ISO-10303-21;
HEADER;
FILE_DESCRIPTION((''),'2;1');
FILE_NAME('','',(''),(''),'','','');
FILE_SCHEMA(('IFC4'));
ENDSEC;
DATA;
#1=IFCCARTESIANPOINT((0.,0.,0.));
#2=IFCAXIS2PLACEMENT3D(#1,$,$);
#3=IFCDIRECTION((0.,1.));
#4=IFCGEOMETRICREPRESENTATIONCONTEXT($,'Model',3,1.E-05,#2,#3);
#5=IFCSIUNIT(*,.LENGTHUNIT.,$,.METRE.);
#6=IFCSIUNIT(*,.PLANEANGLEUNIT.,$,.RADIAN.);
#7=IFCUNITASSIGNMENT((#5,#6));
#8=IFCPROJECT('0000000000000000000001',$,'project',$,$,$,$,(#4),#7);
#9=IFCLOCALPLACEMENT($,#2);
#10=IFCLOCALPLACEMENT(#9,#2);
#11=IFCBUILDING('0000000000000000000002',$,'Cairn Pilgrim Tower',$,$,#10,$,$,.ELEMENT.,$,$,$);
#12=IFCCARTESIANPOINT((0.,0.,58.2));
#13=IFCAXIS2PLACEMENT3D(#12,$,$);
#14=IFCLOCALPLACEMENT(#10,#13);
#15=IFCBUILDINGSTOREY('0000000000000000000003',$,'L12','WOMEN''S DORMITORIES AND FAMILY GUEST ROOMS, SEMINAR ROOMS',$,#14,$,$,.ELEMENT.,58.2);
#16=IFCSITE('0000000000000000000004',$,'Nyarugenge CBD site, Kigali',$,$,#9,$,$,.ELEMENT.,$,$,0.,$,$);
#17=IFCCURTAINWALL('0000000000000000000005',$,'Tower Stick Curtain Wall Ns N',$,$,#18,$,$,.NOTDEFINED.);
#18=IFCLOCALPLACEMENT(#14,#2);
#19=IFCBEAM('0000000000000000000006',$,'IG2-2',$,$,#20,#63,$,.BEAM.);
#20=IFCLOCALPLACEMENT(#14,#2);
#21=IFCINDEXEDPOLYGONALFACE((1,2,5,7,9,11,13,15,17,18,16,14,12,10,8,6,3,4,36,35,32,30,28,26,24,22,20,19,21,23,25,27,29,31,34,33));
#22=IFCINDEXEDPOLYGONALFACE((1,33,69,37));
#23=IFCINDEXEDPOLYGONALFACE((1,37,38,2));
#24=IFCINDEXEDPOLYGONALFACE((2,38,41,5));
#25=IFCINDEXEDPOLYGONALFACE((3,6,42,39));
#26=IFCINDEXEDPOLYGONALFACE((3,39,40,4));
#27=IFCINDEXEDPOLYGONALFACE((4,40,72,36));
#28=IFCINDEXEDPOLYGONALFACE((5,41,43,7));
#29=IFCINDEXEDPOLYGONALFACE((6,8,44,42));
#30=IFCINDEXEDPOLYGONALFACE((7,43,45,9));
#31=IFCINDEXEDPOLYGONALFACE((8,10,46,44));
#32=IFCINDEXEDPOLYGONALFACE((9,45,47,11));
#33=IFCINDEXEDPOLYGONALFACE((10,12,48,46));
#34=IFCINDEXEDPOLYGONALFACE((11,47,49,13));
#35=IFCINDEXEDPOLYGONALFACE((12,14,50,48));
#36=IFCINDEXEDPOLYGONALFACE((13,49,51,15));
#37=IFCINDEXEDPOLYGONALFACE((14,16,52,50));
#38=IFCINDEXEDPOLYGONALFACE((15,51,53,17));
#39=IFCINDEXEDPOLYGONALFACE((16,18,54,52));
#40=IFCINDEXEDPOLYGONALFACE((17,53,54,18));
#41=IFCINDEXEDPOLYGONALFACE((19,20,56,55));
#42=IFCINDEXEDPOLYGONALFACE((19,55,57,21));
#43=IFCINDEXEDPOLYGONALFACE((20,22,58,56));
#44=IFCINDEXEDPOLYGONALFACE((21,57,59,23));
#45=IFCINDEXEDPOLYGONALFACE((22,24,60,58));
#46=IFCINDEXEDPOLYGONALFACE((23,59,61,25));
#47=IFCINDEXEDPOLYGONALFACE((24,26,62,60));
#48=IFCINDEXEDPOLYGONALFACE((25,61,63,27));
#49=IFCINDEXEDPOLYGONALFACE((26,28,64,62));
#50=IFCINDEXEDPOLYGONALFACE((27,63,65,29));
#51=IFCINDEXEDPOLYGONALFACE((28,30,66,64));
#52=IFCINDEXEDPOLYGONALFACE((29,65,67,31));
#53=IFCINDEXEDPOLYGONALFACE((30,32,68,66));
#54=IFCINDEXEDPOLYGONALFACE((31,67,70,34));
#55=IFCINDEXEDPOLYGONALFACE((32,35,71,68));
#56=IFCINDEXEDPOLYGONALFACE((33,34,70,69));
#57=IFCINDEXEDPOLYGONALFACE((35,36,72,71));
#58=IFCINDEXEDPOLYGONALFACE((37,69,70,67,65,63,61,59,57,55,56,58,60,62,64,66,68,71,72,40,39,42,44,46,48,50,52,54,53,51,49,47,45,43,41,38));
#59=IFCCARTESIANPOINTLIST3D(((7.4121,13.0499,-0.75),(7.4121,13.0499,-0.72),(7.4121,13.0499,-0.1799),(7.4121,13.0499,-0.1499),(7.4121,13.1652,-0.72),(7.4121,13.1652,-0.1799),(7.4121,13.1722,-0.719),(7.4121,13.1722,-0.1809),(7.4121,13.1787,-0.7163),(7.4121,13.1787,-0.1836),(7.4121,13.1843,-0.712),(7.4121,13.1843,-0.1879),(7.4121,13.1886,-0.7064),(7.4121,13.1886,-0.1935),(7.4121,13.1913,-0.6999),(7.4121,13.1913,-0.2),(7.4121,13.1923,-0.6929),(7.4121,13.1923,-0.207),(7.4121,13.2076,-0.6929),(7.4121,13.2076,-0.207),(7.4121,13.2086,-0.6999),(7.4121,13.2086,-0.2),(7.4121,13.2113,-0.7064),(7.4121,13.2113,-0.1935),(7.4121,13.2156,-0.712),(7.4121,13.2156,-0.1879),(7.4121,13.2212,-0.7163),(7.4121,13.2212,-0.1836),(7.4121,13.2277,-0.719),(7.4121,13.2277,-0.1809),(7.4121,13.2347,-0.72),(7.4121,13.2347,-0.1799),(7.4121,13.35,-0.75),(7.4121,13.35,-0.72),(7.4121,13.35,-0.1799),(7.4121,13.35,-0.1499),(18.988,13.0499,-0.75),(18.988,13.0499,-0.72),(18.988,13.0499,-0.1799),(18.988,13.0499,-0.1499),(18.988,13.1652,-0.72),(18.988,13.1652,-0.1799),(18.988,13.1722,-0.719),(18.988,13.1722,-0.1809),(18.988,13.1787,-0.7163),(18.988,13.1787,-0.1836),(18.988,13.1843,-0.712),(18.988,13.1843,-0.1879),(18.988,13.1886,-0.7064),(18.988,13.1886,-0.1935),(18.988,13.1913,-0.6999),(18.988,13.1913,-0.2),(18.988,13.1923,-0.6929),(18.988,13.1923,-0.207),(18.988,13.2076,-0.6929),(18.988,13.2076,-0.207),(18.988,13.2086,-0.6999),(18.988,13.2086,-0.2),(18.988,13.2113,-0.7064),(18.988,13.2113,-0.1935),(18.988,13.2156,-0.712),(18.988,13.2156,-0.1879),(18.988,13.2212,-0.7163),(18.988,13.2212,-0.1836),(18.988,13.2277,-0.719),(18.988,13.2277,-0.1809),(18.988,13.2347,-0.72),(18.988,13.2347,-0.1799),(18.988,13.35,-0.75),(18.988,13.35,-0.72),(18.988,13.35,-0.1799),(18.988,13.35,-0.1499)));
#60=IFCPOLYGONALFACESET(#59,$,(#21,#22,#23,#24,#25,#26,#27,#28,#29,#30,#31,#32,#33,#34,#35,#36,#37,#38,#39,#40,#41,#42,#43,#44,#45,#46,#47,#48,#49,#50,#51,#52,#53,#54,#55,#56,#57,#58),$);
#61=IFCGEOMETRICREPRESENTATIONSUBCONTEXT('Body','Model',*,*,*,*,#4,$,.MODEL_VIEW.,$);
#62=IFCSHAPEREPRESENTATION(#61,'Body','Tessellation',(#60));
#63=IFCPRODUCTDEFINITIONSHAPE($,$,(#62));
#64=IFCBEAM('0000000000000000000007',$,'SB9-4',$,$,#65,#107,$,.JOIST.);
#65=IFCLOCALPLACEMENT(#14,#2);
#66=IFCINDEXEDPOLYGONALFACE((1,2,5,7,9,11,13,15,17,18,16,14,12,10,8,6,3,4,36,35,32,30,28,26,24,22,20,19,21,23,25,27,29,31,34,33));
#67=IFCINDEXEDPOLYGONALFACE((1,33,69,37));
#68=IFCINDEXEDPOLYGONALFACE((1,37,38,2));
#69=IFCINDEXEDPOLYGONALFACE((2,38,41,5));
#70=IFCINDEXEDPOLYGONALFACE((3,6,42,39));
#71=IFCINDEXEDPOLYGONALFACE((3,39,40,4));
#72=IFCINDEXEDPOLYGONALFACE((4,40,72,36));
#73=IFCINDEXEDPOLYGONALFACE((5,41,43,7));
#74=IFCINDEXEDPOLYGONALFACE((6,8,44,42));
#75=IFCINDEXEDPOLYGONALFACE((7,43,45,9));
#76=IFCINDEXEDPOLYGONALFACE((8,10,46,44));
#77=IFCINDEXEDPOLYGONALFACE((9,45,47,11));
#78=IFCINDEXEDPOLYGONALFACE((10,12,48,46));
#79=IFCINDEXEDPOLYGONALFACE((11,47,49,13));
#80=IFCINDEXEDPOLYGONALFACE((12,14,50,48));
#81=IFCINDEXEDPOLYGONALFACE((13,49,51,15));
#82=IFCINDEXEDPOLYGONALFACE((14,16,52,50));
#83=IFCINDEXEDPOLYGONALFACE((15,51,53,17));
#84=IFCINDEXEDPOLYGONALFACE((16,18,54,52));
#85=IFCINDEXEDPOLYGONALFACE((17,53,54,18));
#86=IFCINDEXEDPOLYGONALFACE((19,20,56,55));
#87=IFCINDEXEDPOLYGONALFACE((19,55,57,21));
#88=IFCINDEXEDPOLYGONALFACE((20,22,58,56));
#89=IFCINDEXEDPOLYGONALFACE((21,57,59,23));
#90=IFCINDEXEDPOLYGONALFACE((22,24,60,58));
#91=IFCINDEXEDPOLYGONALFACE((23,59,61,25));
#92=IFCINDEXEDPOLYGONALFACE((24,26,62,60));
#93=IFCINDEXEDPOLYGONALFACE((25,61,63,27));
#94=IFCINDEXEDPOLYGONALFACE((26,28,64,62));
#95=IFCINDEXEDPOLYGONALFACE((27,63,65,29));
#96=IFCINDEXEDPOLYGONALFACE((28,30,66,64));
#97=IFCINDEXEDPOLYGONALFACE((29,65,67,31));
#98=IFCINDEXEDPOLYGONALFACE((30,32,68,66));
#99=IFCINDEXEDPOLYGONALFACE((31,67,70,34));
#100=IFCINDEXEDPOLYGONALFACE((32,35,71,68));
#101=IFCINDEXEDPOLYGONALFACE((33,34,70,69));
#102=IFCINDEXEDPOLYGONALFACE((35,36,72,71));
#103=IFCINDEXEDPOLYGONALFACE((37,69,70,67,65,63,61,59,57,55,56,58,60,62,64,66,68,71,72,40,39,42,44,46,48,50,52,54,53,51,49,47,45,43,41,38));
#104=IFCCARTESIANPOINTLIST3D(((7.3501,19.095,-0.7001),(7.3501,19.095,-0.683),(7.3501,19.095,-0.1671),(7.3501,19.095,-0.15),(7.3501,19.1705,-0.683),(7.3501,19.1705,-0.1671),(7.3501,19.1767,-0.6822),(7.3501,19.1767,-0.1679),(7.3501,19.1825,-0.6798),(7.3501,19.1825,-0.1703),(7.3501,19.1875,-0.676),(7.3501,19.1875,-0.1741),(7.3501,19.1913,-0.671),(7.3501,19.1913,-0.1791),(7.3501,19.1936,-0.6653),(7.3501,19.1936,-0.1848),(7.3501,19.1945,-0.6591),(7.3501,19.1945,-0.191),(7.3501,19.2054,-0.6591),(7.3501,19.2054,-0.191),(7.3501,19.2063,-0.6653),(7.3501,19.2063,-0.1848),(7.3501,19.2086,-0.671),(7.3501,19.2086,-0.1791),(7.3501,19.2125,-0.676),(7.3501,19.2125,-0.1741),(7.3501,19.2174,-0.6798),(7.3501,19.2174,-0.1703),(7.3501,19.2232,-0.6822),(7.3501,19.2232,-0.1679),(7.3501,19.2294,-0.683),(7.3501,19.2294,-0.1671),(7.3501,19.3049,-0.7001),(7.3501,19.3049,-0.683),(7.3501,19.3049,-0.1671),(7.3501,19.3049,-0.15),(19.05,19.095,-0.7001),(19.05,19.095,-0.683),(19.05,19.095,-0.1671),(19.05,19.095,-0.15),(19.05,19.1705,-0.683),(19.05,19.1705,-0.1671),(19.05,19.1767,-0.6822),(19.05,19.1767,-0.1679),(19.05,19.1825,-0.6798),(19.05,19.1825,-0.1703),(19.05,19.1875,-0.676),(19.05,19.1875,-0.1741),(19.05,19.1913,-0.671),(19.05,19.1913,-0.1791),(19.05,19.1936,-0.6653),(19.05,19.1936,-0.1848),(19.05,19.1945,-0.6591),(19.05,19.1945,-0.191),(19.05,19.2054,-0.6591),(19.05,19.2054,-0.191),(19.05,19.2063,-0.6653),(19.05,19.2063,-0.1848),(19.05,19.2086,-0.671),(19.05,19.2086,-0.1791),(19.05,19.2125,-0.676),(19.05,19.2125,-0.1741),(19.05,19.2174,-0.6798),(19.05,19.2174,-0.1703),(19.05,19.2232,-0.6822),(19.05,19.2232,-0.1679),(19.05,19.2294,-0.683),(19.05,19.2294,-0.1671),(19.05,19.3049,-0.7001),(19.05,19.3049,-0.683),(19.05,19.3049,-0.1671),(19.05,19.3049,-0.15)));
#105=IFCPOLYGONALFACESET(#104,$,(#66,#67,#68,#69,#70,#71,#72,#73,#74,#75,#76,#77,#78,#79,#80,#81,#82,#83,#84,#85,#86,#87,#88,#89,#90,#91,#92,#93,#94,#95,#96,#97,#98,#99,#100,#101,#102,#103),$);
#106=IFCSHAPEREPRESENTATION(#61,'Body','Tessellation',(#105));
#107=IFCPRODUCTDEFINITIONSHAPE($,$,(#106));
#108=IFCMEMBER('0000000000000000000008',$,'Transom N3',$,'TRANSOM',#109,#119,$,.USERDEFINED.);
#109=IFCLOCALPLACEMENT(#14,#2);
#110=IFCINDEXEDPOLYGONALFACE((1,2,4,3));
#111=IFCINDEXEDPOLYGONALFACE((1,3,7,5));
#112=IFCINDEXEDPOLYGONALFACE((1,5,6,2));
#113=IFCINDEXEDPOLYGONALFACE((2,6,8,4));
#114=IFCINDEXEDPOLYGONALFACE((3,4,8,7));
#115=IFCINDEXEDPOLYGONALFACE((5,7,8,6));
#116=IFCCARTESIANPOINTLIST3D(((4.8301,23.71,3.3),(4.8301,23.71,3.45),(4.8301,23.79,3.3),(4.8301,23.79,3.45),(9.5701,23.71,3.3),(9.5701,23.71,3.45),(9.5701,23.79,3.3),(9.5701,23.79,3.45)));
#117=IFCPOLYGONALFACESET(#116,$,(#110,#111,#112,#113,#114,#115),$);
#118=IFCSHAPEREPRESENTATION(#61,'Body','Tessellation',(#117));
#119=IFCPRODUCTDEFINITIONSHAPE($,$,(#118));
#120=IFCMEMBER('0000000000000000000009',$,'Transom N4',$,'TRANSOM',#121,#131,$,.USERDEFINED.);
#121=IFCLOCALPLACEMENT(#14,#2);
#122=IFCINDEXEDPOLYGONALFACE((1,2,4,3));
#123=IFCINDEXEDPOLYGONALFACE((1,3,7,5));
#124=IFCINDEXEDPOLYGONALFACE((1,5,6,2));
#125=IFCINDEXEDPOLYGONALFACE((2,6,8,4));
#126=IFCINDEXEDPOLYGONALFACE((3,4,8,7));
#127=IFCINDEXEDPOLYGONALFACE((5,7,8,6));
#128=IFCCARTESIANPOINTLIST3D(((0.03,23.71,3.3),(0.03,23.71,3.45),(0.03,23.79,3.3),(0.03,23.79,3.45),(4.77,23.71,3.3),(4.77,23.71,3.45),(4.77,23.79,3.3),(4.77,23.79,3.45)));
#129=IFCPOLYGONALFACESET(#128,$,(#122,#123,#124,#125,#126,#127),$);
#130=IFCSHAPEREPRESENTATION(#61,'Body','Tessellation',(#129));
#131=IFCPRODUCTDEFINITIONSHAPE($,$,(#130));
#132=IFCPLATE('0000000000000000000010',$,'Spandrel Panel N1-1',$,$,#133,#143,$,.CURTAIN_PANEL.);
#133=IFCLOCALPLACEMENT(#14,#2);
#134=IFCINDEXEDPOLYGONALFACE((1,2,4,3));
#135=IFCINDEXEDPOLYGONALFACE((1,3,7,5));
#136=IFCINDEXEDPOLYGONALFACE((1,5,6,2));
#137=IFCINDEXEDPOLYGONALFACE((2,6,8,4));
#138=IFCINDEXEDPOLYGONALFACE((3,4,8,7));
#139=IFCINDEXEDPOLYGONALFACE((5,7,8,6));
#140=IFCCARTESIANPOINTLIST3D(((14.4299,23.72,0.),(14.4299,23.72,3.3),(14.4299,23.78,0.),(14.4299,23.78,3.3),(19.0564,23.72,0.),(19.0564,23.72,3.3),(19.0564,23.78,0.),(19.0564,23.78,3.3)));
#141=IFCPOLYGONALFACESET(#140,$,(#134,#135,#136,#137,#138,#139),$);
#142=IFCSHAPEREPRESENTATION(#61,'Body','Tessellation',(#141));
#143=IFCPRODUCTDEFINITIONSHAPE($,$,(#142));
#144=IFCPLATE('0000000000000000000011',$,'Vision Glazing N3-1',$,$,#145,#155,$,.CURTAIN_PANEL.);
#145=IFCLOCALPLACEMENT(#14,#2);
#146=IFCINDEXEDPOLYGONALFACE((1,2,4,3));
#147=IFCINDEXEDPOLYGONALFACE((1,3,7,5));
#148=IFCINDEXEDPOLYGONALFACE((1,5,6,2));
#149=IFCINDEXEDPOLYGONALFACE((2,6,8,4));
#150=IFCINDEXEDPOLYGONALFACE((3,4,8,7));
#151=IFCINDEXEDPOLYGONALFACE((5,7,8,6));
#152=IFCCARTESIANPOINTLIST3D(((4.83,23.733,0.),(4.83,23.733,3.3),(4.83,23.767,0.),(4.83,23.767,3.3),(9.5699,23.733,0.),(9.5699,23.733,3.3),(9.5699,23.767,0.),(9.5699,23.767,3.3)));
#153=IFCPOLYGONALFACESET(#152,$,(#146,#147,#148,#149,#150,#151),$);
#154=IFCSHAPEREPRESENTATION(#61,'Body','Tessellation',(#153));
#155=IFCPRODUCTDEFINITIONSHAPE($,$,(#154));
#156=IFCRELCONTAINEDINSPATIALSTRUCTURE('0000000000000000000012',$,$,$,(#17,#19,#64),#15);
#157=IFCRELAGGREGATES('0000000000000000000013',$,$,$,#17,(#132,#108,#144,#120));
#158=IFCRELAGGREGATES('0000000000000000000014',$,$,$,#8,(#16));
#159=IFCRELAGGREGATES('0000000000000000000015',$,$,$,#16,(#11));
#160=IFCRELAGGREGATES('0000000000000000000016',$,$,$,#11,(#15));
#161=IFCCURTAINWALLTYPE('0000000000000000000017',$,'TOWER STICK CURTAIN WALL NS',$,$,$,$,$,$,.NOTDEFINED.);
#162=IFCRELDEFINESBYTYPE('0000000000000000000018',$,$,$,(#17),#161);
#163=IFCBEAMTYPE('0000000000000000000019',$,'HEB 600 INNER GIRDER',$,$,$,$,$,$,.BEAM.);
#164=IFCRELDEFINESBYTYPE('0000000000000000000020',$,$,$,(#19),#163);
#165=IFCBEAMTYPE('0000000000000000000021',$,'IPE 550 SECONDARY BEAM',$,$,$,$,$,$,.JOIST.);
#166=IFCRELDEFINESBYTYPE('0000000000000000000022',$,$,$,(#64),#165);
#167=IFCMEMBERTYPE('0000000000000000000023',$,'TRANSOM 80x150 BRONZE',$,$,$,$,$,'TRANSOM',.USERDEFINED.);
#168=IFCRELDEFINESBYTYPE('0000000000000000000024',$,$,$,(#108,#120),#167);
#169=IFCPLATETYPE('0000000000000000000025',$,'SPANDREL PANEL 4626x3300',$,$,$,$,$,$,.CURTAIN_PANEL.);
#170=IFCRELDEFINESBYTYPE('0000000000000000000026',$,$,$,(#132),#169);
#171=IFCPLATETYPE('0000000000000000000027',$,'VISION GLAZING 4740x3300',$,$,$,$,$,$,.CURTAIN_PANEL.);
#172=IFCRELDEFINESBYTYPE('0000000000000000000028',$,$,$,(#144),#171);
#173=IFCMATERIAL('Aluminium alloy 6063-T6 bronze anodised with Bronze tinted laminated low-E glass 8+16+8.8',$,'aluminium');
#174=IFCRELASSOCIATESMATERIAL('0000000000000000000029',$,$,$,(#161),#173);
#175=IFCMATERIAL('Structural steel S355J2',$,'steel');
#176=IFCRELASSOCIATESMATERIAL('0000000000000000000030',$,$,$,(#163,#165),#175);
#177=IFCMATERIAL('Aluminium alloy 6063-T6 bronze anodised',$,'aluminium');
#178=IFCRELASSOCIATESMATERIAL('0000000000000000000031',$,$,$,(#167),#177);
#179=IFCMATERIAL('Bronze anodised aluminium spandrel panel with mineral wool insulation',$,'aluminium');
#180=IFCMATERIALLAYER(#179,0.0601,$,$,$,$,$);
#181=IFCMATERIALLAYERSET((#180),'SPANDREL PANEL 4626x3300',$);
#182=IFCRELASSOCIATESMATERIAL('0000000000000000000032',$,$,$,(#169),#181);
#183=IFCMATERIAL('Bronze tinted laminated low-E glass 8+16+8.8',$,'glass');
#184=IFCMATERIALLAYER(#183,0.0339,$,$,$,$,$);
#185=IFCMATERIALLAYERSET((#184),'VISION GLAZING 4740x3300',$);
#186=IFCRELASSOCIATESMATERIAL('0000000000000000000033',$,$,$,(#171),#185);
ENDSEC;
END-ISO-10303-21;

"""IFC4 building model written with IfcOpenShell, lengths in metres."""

from ifc_helpers import new_model, si_unit, direction, frame, origin, origin_2d, place, context, subcontext, project, spatial, rectangle, i_section, extrude, material, layer, layer_set, material_profile, profile_set, type_object, element, aggregate, save


model = new_model("IFC4")

# Units and contexts
model_context = context("Model", 3, precision=1e-05, world=origin(), true_north=direction((0.0, 1.0)))
body_context = subcontext(model_context, "Body", "Model", "MODEL_VIEW")
ifc_project = project(units=[si_unit("LENGTHUNIT", "METRE"), si_unit("PLANEANGLEUNIT", "RADIAN")], contexts=[model_context])

# Site, building, storey
site_placement = place(None, origin())
site = spatial("IfcSite", under=ifc_project, at=site_placement, Name="Nyarugenge CBD site, Kigali", CompositionType="ELEMENT", RefElevation=0.0)
building_placement = place(site_placement, origin())
building = spatial("IfcBuilding", under=site, at=building_placement, Name="Cairn Pilgrim Tower", CompositionType="ELEMENT")
storey_placement = place(building_placement, frame((0.0, 0.0, 58.2)))
storey = spatial("IfcBuildingStorey", under=building, at=storey_placement, Name="L12", Description="WOMEN'S DORMITORIES AND FAMILY GUEST ROOMS, SEMINAR ROOMS", CompositionType="ELEMENT", Elevation=58.2)

# Curtain wall
ifc_material_1 = material(Name="Aluminium alloy 6063-T6 bronze anodised with Bronze tinted laminated low-E glass 8+16+8.8", Category="aluminium")
curtain_wall_type = type_object("IfcCurtainWallType", Name="TOWER STICK CURTAIN WALL NS", PredefinedType="NOTDEFINED", material=ifc_material_1)
curtain_wall_placement = place(storey_placement, origin())
curtain_wall = element("IfcCurtainWall", 1, at=curtain_wall_placement, inside=storey, type_object=curtain_wall_type, Name="Tower Stick Curtain Wall Ns N", PredefinedType="NOTDEFINED")
ifc_material_2 = material(Name="Aluminium alloy 6063-T6 bronze anodised", Category="aluminium")

# Beams
ifc_material_3 = material(Name="Structural steel S355J2", Category="steel")
ifc_material_profile_1 = material_profile(ifc_material_3, i_section(OverallWidth=0.3, OverallDepth=0.6001, WebThickness=0.0154, FlangeThickness=0.03, FilletRadius=0.0271, at=origin_2d()), Name="HEB 600")
ifc_profile_set_1 = profile_set([ifc_material_profile_1], Name="Structural steel S355J2")
beam_type_1 = type_object("IfcBeamType", Name="HEB 600 INNER GIRDER", PredefinedType="BEAM", material=ifc_profile_set_1)
beam_1_placement = place(storey_placement, frame((7.4121, 13.2, -0.45), z_axis=(1.0, 0.0, 0.0), x_axis=(0.0, 1.0, 0.0)))
element("IfcBeam", 2, at=beam_1_placement, inside=storey, type_object=beam_type_1, Name="IG2-2", PredefinedType="BEAM", context=body_context, shape_type="SweptSolid", body=[
    extrude(i_section(OverallWidth=0.3, OverallDepth=0.6001, WebThickness=0.0154, FlangeThickness=0.03, FilletRadius=0.0271, at=origin_2d()), origin(), (0.0, 0.0, 1.0), 11.5759),
])
ifc_material_profile_2 = material_profile(ifc_material_3, i_section(OverallWidth=0.21, OverallDepth=0.55, WebThickness=0.011, FlangeThickness=0.0171, FilletRadius=0.0239, at=origin_2d()), Name="IPE 550")
ifc_profile_set_2 = profile_set([ifc_material_profile_2], Name="Structural steel S355J2")
beam_type_2 = type_object("IfcBeamType", Name="IPE 550 SECONDARY BEAM", PredefinedType="JOIST", material=ifc_profile_set_2)
beam_2_placement = place(storey_placement, frame((7.3501, 19.2, -0.425), z_axis=(1.0, 0.0, 0.0), x_axis=(0.0, 1.0, 0.0)))
element("IfcBeam", 3, at=beam_2_placement, inside=storey, type_object=beam_type_2, Name="SB9-4", PredefinedType="JOIST", context=body_context, shape_type="SweptSolid", body=[
    extrude(i_section(OverallWidth=0.21, OverallDepth=0.55, WebThickness=0.011, FlangeThickness=0.0171, FilletRadius=0.0239, at=origin_2d()), origin(), (0.0, 0.0, 1.0), 11.7),
])

# Members
ifc_material_profile_3 = material_profile(ifc_material_2, rectangle(XDim=0.0801, YDim=0.1499, at=origin_2d()), Name="TRANSOM 80x150 BRONZE")
ifc_profile_set_3 = profile_set([ifc_material_profile_3], Name="Aluminium alloy 6063-T6 bronze anodised")
member_type_1 = type_object("IfcMemberType", Name="TRANSOM 80x150 BRONZE", ElementType="TRANSOM", PredefinedType="USERDEFINED", material=ifc_profile_set_3)
member_1_placement = place(storey_placement, frame((9.5701, 23.75, 3.375), z_axis=(-1.0, 0.0, 0.0), x_axis=(0.0, -1.0, 0.0)))
member_1 = element("IfcMember", 4, at=member_1_placement, type_object=member_type_1, Name="Transom N3", ObjectType="TRANSOM", PredefinedType="USERDEFINED", context=body_context, shape_type="SweptSolid", body=[
    extrude(rectangle(XDim=0.0801, YDim=0.1499, at=origin_2d()), origin(), (0.0, 0.0, 1.0), 4.74),
])
member_2_placement = place(storey_placement, frame((4.77, 23.75, 3.375), z_axis=(-1.0, 0.0, 0.0), x_axis=(0.0, -1.0, 0.0)))
member_2 = element("IfcMember", 5, at=member_2_placement, type_object=member_type_1, Name="Transom N4", ObjectType="TRANSOM", PredefinedType="USERDEFINED", context=body_context, shape_type="SweptSolid", body=[
    extrude(rectangle(XDim=0.0801, YDim=0.1499, at=origin_2d()), origin(), (0.0, 0.0, 1.0), 4.74),
])

# Plates
ifc_material_4 = material(Name="Bronze anodised aluminium spandrel panel with mineral wool insulation", Category="aluminium")
ifc_layer_1 = layer(ifc_material_4, 0.0601)
ifc_layer_set_1 = layer_set([ifc_layer_1], Name="SPANDREL PANEL 4626x3300")
plate_type_1 = type_object("IfcPlateType", Name="SPANDREL PANEL 4626x3300", PredefinedType="CURTAIN_PANEL", material=ifc_layer_set_1)
plate_1_placement = place(storey_placement, frame((16.7432, 23.75, 0.0), z_axis=(0.0, 0.0, 1.0), x_axis=(-1.0, 0.0, 0.0)))
plate_1 = element("IfcPlate", 6, at=plate_1_placement, type_object=plate_type_1, Name="Spandrel Panel N1-1", PredefinedType="CURTAIN_PANEL", context=body_context, shape_type="SweptSolid", body=[
    extrude(rectangle(XDim=4.6265, YDim=0.0601, at=origin_2d()), origin(), (0.0, 0.0, 1.0), 3.3),
])
ifc_material_5 = material(Name="Bronze tinted laminated low-E glass 8+16+8.8", Category="glass")
ifc_layer_2 = layer(ifc_material_5, 0.0339)
ifc_layer_set_2 = layer_set([ifc_layer_2], Name="VISION GLAZING 4740x3300")
plate_type_2 = type_object("IfcPlateType", Name="VISION GLAZING 4740x3300", PredefinedType="CURTAIN_PANEL", material=ifc_layer_set_2)
plate_2_placement = place(storey_placement, frame((7.2, 23.75, 0.0), z_axis=(0.0, 0.0, 1.0), x_axis=(-1.0, 0.0, 0.0)))
plate_2 = element("IfcPlate", 7, at=plate_2_placement, type_object=plate_type_2, Name="Vision Glazing N3-1", PredefinedType="CURTAIN_PANEL", context=body_context, shape_type="SweptSolid", body=[
    extrude(rectangle(XDim=4.74, YDim=0.0339, at=origin_2d()), origin(), (0.0, 0.0, 1.0), 3.3),
])
aggregate(curtain_wall, [plate_1, member_1, plate_2, member_2])

save(model, "model.ifc")
